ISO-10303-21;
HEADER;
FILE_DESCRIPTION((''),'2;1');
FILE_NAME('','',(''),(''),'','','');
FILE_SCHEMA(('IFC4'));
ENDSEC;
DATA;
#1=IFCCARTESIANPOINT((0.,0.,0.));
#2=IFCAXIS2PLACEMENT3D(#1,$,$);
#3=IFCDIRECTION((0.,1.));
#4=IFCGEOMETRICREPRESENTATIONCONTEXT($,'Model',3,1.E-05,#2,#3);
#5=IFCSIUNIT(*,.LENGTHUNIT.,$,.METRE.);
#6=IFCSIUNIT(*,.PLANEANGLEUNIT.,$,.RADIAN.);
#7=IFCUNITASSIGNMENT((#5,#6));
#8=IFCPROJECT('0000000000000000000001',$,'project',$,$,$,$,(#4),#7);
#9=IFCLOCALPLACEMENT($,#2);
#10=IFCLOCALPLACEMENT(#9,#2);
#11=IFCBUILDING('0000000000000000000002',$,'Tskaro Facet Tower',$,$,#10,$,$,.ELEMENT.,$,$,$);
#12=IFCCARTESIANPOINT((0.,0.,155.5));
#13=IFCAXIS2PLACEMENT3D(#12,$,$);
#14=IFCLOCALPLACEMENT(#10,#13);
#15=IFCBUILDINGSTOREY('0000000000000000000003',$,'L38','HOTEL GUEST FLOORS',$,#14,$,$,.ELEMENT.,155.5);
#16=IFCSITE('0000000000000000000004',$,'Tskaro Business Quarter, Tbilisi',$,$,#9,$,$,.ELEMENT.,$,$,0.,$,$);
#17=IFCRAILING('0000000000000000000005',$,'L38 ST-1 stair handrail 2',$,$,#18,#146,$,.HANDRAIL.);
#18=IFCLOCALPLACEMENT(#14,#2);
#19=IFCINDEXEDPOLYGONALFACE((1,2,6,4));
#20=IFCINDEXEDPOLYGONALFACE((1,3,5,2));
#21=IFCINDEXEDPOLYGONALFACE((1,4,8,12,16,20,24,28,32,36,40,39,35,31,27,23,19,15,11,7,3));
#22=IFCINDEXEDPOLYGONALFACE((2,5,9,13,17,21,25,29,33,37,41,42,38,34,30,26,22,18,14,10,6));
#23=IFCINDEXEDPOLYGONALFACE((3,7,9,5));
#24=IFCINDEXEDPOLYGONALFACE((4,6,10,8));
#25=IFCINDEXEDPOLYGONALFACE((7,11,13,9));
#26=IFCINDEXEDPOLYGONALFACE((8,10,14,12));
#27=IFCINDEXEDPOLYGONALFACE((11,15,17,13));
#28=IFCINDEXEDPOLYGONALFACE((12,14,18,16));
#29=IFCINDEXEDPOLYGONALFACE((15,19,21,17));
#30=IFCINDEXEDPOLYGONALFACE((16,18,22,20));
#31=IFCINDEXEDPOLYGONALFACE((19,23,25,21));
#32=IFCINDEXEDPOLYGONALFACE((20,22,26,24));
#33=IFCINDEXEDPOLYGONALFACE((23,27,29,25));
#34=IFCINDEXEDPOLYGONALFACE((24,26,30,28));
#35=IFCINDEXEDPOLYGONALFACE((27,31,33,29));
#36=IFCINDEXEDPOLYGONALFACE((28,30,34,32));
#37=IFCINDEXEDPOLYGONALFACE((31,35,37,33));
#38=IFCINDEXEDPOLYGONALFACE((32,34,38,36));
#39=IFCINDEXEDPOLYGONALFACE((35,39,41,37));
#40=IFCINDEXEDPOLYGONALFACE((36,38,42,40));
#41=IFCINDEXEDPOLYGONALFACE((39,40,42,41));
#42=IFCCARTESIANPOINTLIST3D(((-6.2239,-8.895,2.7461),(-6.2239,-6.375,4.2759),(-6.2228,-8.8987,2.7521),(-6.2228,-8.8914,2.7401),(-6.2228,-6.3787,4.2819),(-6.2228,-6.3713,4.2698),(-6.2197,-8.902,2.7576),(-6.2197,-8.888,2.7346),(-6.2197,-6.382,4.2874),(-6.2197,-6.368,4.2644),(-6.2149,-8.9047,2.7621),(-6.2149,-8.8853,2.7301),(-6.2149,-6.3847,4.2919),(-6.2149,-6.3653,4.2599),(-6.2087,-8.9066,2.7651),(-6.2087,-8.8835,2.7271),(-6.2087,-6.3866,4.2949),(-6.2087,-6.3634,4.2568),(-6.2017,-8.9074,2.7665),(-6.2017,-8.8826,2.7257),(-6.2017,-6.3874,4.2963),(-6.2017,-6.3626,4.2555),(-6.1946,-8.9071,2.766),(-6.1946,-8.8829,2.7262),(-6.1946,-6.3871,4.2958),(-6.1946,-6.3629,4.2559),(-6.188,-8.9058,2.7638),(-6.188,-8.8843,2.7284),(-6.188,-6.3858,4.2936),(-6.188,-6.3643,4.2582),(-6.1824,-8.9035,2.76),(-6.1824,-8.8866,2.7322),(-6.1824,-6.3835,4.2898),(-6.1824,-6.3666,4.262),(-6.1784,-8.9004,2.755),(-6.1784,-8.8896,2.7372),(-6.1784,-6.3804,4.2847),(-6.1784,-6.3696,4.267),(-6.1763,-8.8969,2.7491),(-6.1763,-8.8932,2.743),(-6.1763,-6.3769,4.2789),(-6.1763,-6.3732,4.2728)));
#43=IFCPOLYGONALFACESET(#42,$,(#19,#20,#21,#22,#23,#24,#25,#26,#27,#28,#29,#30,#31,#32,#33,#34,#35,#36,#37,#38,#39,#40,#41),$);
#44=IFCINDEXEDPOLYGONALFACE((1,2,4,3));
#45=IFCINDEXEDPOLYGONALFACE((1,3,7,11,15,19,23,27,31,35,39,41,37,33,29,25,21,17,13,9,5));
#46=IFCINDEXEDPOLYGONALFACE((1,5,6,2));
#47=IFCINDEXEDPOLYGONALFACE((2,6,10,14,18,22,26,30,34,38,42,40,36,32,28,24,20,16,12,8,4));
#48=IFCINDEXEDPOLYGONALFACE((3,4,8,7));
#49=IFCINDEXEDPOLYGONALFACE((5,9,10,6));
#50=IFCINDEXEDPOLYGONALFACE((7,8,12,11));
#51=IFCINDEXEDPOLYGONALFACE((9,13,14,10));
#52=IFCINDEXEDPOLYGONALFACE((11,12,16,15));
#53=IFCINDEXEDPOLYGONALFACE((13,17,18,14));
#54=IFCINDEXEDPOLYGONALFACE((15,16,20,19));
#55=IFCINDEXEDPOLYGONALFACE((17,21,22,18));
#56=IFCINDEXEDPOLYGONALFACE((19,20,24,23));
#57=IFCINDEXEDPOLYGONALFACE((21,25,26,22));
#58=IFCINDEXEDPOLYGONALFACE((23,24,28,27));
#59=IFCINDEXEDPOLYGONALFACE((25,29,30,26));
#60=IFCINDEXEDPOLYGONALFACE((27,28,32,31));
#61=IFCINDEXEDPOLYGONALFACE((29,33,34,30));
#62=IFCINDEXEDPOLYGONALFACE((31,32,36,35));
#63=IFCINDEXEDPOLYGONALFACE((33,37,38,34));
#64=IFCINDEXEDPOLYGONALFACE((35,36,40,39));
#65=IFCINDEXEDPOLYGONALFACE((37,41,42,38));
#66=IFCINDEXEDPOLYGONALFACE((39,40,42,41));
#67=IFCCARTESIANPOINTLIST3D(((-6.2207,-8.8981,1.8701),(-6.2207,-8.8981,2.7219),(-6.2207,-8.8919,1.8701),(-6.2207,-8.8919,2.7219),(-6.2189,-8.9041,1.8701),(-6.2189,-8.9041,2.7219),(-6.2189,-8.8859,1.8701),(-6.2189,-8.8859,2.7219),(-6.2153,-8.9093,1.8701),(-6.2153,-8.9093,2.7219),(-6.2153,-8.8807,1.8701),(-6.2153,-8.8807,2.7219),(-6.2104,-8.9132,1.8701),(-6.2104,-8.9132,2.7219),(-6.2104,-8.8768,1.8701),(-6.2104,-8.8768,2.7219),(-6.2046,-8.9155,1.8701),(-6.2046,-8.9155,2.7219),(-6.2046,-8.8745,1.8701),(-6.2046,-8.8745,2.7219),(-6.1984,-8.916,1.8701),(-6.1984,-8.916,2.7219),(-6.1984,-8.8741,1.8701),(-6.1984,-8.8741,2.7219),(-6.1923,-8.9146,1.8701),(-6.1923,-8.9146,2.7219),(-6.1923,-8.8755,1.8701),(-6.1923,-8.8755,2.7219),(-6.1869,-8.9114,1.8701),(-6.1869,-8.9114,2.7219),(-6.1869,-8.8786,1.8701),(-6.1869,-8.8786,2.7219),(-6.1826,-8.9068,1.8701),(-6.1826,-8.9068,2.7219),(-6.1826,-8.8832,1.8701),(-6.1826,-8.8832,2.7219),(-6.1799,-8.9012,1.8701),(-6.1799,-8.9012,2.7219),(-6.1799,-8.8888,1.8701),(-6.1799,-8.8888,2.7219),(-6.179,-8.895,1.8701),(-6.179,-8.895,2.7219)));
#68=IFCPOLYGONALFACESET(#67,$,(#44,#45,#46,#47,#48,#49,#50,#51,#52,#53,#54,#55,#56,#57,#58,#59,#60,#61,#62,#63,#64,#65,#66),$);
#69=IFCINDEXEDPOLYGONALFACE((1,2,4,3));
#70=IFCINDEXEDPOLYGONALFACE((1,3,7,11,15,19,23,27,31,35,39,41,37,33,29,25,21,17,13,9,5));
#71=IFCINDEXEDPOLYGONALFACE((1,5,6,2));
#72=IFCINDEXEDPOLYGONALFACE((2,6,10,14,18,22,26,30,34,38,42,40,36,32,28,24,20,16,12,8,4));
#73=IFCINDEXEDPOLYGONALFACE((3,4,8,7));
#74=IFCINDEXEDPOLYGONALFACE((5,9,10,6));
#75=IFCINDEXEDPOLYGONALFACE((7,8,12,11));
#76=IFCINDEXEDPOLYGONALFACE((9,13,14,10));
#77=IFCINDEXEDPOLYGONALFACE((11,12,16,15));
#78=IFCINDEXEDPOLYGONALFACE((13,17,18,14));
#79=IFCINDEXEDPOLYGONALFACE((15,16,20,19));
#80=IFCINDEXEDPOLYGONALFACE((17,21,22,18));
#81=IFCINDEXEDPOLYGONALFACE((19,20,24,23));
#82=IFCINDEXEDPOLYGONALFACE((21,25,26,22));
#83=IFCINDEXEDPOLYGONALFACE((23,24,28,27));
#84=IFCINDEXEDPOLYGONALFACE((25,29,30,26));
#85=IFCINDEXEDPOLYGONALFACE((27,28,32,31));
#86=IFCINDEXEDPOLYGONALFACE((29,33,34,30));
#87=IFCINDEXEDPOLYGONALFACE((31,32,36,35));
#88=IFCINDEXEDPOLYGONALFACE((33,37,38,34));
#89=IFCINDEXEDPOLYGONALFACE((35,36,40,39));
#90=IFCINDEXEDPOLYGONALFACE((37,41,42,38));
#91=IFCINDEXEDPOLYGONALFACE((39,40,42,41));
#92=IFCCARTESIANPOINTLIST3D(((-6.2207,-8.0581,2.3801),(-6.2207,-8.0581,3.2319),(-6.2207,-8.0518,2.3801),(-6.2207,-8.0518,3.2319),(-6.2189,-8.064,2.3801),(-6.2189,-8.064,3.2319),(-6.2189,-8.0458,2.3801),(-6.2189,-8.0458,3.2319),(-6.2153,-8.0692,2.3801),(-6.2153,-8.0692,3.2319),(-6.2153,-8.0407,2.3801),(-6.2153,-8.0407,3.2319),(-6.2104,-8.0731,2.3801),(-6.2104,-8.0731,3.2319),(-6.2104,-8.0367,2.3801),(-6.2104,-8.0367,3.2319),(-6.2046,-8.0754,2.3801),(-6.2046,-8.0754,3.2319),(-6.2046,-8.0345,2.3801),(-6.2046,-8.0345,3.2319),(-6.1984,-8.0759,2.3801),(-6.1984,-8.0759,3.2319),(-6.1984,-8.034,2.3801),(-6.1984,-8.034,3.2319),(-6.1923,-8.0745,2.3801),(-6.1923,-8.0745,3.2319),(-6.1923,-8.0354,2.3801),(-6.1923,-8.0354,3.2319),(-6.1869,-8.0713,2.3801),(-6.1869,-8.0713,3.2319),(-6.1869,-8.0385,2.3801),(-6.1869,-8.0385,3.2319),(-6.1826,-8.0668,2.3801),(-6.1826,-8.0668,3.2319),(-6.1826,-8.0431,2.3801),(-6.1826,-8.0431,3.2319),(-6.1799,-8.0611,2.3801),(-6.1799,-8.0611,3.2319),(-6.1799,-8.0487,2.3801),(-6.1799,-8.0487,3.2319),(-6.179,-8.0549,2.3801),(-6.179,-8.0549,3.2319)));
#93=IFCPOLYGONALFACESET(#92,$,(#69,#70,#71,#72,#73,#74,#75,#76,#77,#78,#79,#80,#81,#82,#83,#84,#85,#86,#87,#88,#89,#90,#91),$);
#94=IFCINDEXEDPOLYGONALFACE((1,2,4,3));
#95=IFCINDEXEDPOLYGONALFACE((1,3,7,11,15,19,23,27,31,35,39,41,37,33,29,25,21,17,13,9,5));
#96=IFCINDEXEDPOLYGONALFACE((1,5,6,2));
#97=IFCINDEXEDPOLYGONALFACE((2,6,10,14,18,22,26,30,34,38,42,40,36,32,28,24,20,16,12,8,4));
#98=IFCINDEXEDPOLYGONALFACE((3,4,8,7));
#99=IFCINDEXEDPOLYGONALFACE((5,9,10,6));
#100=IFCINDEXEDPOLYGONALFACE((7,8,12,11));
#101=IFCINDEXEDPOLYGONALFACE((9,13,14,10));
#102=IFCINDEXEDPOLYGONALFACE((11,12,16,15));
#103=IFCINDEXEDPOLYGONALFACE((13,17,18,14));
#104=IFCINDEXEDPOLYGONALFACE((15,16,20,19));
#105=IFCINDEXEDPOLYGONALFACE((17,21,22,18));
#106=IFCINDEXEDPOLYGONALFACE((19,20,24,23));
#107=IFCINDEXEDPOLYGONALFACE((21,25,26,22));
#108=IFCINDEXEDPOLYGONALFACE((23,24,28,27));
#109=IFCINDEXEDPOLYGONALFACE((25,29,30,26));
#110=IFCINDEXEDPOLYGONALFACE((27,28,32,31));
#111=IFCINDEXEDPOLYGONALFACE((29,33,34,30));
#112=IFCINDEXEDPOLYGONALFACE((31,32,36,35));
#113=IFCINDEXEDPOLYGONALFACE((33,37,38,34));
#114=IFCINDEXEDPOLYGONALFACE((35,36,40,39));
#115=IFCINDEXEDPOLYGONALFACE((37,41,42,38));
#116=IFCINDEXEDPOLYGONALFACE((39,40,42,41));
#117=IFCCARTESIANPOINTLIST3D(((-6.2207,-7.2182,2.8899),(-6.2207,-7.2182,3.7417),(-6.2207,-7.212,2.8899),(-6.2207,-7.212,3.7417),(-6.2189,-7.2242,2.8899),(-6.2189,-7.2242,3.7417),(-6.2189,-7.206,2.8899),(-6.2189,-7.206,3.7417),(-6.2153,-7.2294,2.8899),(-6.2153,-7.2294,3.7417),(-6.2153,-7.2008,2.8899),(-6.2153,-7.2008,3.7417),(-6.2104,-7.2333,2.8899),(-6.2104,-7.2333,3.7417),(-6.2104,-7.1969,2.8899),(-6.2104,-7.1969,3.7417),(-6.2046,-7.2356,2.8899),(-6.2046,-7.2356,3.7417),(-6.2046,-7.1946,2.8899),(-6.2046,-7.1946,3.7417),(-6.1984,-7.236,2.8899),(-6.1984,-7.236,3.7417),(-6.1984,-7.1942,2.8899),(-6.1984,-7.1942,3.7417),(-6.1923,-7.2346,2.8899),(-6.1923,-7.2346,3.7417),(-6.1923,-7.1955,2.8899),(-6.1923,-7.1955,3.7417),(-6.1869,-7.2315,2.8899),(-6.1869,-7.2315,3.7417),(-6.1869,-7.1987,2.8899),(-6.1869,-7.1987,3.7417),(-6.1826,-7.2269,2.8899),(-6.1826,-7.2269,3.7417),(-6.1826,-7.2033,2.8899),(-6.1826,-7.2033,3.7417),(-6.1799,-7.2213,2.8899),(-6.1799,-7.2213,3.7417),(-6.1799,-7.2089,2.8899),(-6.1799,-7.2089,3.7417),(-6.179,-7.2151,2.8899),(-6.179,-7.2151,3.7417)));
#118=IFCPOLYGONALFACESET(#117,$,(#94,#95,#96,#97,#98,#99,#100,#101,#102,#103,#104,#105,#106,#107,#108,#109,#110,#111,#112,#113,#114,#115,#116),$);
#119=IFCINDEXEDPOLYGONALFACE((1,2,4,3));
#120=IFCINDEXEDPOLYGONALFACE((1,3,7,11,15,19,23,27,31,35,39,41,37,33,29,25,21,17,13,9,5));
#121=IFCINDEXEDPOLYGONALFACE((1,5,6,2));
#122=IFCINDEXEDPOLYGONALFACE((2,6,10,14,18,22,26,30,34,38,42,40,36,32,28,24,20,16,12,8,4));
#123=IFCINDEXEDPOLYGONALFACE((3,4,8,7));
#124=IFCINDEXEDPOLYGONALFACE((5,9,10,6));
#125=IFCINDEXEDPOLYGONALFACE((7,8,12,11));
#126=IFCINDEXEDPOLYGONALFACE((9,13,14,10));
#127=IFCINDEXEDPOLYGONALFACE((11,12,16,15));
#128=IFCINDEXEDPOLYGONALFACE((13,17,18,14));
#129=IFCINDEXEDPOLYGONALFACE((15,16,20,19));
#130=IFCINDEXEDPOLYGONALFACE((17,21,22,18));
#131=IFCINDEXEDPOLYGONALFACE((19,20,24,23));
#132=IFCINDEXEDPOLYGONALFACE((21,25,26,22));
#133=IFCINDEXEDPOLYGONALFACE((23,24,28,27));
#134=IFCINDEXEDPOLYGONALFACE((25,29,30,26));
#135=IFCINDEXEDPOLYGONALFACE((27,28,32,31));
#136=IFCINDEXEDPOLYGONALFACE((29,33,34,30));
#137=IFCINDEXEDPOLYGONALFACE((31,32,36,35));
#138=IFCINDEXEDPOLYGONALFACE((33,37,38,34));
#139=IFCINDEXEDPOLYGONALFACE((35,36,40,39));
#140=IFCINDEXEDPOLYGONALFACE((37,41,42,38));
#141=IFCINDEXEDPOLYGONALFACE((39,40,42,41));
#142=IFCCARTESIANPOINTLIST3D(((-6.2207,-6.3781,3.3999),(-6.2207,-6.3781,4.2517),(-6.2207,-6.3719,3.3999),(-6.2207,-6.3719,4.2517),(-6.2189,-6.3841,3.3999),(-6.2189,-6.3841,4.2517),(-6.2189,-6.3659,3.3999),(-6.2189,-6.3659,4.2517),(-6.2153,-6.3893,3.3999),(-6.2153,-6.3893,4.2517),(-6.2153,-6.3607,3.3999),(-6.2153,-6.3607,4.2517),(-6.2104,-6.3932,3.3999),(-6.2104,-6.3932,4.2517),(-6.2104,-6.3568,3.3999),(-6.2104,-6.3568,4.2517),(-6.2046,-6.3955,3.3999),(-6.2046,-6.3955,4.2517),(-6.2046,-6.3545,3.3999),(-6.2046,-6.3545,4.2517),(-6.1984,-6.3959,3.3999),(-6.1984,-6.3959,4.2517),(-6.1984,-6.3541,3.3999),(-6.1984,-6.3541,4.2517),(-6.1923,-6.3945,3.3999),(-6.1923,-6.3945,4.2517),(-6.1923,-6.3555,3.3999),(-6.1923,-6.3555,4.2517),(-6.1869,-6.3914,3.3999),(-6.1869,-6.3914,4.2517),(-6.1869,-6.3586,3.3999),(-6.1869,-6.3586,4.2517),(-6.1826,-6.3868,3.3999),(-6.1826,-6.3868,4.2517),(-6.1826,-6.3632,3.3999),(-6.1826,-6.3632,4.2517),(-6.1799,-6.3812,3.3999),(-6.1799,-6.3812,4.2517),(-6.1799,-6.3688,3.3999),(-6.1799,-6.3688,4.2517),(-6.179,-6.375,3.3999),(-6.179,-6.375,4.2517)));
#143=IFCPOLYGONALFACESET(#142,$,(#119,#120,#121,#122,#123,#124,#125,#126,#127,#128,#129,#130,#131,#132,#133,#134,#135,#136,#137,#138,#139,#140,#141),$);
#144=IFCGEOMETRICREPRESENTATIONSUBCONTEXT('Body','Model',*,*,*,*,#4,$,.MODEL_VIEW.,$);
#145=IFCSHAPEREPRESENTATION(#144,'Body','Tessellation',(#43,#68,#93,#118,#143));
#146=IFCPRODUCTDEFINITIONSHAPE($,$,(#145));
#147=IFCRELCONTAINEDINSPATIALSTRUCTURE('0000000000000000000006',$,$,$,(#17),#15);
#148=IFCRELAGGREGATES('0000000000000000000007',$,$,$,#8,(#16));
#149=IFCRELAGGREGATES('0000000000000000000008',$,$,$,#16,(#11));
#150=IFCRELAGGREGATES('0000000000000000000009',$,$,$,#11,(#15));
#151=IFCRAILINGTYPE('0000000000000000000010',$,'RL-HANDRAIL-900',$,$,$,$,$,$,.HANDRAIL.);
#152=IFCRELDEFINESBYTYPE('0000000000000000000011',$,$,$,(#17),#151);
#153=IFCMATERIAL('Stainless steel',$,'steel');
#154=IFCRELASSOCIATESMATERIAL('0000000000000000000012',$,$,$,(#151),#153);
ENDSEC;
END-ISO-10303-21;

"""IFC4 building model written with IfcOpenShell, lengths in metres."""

from ifc_helpers import new_model, si_unit, direction, frame, origin, origin_2d, place, context, subcontext, project, spatial, circle, extrude, material, type_object, element, save


model = new_model("IFC4")

# Units and contexts
model_context = context("Model", 3, precision=1e-05, world=origin(), true_north=direction((0.0, 1.0)))
body_context = subcontext(model_context, "Body", "Model", "MODEL_VIEW")
ifc_project = project(units=[si_unit("LENGTHUNIT", "METRE"), si_unit("PLANEANGLEUNIT", "RADIAN")], contexts=[model_context])

# Site, building, storey
site_placement = place(None, origin())
site = spatial("IfcSite", under=ifc_project, at=site_placement, Name="Tskaro Business Quarter, Tbilisi", CompositionType="ELEMENT", RefElevation=0.0)
building_placement = place(site_placement, origin())
building = spatial("IfcBuilding", under=site, at=building_placement, Name="Tskaro Facet Tower", CompositionType="ELEMENT")
storey_placement = place(building_placement, frame((0.0, 0.0, 155.5)))
storey = spatial("IfcBuildingStorey", under=building, at=storey_placement, Name="L38", Description="HOTEL GUEST FLOORS", CompositionType="ELEMENT", Elevation=155.5)

# Shared definitions
ifc_material_1 = material(Name="Stainless steel", Category="steel")

# Railing
railing_type_1 = type_object("IfcRailingType", Name="RL-HANDRAIL-900", PredefinedType="HANDRAIL", material=ifc_material_1)
railing_1_placement = place(storey_placement, frame((-6.2, -8.895, 1.8701)))
element("IfcRailing", 1, at=railing_1_placement, inside=storey, type_object=railing_type_1, Name="L38 ST-1 stair handrail 2", PredefinedType="HANDRAIL", context=body_context, shape_type="SweptSolid", body=[
    extrude(circle(Radius=0.0239, at=origin_2d()), frame((0.0, 0.0, 0.876), z_axis=(0.0, 0.854822, 0.518922), x_axis=(-1.0, 0.0, 0.0)), (0.0, 0.0, 1.0), 2.948),
    extrude(circle(Radius=0.021, at=origin_2d()), origin(), (0.0, 0.0, 1.0), 0.8518),
    extrude(circle(Radius=0.021, at=origin_2d()), frame((0.0, 0.8401, 0.51)), (0.0, 0.0, 1.0), 0.8518),
    extrude(circle(Radius=0.021, at=origin_2d()), frame((0.0, 1.6799, 1.0198)), (0.0, 0.0, 1.0), 0.8518),
    extrude(circle(Radius=0.021, at=origin_2d()), frame((0.0, 2.52, 1.5298)), (0.0, 0.0, 1.0), 0.8518),
])

save(model, "model.ifc")
